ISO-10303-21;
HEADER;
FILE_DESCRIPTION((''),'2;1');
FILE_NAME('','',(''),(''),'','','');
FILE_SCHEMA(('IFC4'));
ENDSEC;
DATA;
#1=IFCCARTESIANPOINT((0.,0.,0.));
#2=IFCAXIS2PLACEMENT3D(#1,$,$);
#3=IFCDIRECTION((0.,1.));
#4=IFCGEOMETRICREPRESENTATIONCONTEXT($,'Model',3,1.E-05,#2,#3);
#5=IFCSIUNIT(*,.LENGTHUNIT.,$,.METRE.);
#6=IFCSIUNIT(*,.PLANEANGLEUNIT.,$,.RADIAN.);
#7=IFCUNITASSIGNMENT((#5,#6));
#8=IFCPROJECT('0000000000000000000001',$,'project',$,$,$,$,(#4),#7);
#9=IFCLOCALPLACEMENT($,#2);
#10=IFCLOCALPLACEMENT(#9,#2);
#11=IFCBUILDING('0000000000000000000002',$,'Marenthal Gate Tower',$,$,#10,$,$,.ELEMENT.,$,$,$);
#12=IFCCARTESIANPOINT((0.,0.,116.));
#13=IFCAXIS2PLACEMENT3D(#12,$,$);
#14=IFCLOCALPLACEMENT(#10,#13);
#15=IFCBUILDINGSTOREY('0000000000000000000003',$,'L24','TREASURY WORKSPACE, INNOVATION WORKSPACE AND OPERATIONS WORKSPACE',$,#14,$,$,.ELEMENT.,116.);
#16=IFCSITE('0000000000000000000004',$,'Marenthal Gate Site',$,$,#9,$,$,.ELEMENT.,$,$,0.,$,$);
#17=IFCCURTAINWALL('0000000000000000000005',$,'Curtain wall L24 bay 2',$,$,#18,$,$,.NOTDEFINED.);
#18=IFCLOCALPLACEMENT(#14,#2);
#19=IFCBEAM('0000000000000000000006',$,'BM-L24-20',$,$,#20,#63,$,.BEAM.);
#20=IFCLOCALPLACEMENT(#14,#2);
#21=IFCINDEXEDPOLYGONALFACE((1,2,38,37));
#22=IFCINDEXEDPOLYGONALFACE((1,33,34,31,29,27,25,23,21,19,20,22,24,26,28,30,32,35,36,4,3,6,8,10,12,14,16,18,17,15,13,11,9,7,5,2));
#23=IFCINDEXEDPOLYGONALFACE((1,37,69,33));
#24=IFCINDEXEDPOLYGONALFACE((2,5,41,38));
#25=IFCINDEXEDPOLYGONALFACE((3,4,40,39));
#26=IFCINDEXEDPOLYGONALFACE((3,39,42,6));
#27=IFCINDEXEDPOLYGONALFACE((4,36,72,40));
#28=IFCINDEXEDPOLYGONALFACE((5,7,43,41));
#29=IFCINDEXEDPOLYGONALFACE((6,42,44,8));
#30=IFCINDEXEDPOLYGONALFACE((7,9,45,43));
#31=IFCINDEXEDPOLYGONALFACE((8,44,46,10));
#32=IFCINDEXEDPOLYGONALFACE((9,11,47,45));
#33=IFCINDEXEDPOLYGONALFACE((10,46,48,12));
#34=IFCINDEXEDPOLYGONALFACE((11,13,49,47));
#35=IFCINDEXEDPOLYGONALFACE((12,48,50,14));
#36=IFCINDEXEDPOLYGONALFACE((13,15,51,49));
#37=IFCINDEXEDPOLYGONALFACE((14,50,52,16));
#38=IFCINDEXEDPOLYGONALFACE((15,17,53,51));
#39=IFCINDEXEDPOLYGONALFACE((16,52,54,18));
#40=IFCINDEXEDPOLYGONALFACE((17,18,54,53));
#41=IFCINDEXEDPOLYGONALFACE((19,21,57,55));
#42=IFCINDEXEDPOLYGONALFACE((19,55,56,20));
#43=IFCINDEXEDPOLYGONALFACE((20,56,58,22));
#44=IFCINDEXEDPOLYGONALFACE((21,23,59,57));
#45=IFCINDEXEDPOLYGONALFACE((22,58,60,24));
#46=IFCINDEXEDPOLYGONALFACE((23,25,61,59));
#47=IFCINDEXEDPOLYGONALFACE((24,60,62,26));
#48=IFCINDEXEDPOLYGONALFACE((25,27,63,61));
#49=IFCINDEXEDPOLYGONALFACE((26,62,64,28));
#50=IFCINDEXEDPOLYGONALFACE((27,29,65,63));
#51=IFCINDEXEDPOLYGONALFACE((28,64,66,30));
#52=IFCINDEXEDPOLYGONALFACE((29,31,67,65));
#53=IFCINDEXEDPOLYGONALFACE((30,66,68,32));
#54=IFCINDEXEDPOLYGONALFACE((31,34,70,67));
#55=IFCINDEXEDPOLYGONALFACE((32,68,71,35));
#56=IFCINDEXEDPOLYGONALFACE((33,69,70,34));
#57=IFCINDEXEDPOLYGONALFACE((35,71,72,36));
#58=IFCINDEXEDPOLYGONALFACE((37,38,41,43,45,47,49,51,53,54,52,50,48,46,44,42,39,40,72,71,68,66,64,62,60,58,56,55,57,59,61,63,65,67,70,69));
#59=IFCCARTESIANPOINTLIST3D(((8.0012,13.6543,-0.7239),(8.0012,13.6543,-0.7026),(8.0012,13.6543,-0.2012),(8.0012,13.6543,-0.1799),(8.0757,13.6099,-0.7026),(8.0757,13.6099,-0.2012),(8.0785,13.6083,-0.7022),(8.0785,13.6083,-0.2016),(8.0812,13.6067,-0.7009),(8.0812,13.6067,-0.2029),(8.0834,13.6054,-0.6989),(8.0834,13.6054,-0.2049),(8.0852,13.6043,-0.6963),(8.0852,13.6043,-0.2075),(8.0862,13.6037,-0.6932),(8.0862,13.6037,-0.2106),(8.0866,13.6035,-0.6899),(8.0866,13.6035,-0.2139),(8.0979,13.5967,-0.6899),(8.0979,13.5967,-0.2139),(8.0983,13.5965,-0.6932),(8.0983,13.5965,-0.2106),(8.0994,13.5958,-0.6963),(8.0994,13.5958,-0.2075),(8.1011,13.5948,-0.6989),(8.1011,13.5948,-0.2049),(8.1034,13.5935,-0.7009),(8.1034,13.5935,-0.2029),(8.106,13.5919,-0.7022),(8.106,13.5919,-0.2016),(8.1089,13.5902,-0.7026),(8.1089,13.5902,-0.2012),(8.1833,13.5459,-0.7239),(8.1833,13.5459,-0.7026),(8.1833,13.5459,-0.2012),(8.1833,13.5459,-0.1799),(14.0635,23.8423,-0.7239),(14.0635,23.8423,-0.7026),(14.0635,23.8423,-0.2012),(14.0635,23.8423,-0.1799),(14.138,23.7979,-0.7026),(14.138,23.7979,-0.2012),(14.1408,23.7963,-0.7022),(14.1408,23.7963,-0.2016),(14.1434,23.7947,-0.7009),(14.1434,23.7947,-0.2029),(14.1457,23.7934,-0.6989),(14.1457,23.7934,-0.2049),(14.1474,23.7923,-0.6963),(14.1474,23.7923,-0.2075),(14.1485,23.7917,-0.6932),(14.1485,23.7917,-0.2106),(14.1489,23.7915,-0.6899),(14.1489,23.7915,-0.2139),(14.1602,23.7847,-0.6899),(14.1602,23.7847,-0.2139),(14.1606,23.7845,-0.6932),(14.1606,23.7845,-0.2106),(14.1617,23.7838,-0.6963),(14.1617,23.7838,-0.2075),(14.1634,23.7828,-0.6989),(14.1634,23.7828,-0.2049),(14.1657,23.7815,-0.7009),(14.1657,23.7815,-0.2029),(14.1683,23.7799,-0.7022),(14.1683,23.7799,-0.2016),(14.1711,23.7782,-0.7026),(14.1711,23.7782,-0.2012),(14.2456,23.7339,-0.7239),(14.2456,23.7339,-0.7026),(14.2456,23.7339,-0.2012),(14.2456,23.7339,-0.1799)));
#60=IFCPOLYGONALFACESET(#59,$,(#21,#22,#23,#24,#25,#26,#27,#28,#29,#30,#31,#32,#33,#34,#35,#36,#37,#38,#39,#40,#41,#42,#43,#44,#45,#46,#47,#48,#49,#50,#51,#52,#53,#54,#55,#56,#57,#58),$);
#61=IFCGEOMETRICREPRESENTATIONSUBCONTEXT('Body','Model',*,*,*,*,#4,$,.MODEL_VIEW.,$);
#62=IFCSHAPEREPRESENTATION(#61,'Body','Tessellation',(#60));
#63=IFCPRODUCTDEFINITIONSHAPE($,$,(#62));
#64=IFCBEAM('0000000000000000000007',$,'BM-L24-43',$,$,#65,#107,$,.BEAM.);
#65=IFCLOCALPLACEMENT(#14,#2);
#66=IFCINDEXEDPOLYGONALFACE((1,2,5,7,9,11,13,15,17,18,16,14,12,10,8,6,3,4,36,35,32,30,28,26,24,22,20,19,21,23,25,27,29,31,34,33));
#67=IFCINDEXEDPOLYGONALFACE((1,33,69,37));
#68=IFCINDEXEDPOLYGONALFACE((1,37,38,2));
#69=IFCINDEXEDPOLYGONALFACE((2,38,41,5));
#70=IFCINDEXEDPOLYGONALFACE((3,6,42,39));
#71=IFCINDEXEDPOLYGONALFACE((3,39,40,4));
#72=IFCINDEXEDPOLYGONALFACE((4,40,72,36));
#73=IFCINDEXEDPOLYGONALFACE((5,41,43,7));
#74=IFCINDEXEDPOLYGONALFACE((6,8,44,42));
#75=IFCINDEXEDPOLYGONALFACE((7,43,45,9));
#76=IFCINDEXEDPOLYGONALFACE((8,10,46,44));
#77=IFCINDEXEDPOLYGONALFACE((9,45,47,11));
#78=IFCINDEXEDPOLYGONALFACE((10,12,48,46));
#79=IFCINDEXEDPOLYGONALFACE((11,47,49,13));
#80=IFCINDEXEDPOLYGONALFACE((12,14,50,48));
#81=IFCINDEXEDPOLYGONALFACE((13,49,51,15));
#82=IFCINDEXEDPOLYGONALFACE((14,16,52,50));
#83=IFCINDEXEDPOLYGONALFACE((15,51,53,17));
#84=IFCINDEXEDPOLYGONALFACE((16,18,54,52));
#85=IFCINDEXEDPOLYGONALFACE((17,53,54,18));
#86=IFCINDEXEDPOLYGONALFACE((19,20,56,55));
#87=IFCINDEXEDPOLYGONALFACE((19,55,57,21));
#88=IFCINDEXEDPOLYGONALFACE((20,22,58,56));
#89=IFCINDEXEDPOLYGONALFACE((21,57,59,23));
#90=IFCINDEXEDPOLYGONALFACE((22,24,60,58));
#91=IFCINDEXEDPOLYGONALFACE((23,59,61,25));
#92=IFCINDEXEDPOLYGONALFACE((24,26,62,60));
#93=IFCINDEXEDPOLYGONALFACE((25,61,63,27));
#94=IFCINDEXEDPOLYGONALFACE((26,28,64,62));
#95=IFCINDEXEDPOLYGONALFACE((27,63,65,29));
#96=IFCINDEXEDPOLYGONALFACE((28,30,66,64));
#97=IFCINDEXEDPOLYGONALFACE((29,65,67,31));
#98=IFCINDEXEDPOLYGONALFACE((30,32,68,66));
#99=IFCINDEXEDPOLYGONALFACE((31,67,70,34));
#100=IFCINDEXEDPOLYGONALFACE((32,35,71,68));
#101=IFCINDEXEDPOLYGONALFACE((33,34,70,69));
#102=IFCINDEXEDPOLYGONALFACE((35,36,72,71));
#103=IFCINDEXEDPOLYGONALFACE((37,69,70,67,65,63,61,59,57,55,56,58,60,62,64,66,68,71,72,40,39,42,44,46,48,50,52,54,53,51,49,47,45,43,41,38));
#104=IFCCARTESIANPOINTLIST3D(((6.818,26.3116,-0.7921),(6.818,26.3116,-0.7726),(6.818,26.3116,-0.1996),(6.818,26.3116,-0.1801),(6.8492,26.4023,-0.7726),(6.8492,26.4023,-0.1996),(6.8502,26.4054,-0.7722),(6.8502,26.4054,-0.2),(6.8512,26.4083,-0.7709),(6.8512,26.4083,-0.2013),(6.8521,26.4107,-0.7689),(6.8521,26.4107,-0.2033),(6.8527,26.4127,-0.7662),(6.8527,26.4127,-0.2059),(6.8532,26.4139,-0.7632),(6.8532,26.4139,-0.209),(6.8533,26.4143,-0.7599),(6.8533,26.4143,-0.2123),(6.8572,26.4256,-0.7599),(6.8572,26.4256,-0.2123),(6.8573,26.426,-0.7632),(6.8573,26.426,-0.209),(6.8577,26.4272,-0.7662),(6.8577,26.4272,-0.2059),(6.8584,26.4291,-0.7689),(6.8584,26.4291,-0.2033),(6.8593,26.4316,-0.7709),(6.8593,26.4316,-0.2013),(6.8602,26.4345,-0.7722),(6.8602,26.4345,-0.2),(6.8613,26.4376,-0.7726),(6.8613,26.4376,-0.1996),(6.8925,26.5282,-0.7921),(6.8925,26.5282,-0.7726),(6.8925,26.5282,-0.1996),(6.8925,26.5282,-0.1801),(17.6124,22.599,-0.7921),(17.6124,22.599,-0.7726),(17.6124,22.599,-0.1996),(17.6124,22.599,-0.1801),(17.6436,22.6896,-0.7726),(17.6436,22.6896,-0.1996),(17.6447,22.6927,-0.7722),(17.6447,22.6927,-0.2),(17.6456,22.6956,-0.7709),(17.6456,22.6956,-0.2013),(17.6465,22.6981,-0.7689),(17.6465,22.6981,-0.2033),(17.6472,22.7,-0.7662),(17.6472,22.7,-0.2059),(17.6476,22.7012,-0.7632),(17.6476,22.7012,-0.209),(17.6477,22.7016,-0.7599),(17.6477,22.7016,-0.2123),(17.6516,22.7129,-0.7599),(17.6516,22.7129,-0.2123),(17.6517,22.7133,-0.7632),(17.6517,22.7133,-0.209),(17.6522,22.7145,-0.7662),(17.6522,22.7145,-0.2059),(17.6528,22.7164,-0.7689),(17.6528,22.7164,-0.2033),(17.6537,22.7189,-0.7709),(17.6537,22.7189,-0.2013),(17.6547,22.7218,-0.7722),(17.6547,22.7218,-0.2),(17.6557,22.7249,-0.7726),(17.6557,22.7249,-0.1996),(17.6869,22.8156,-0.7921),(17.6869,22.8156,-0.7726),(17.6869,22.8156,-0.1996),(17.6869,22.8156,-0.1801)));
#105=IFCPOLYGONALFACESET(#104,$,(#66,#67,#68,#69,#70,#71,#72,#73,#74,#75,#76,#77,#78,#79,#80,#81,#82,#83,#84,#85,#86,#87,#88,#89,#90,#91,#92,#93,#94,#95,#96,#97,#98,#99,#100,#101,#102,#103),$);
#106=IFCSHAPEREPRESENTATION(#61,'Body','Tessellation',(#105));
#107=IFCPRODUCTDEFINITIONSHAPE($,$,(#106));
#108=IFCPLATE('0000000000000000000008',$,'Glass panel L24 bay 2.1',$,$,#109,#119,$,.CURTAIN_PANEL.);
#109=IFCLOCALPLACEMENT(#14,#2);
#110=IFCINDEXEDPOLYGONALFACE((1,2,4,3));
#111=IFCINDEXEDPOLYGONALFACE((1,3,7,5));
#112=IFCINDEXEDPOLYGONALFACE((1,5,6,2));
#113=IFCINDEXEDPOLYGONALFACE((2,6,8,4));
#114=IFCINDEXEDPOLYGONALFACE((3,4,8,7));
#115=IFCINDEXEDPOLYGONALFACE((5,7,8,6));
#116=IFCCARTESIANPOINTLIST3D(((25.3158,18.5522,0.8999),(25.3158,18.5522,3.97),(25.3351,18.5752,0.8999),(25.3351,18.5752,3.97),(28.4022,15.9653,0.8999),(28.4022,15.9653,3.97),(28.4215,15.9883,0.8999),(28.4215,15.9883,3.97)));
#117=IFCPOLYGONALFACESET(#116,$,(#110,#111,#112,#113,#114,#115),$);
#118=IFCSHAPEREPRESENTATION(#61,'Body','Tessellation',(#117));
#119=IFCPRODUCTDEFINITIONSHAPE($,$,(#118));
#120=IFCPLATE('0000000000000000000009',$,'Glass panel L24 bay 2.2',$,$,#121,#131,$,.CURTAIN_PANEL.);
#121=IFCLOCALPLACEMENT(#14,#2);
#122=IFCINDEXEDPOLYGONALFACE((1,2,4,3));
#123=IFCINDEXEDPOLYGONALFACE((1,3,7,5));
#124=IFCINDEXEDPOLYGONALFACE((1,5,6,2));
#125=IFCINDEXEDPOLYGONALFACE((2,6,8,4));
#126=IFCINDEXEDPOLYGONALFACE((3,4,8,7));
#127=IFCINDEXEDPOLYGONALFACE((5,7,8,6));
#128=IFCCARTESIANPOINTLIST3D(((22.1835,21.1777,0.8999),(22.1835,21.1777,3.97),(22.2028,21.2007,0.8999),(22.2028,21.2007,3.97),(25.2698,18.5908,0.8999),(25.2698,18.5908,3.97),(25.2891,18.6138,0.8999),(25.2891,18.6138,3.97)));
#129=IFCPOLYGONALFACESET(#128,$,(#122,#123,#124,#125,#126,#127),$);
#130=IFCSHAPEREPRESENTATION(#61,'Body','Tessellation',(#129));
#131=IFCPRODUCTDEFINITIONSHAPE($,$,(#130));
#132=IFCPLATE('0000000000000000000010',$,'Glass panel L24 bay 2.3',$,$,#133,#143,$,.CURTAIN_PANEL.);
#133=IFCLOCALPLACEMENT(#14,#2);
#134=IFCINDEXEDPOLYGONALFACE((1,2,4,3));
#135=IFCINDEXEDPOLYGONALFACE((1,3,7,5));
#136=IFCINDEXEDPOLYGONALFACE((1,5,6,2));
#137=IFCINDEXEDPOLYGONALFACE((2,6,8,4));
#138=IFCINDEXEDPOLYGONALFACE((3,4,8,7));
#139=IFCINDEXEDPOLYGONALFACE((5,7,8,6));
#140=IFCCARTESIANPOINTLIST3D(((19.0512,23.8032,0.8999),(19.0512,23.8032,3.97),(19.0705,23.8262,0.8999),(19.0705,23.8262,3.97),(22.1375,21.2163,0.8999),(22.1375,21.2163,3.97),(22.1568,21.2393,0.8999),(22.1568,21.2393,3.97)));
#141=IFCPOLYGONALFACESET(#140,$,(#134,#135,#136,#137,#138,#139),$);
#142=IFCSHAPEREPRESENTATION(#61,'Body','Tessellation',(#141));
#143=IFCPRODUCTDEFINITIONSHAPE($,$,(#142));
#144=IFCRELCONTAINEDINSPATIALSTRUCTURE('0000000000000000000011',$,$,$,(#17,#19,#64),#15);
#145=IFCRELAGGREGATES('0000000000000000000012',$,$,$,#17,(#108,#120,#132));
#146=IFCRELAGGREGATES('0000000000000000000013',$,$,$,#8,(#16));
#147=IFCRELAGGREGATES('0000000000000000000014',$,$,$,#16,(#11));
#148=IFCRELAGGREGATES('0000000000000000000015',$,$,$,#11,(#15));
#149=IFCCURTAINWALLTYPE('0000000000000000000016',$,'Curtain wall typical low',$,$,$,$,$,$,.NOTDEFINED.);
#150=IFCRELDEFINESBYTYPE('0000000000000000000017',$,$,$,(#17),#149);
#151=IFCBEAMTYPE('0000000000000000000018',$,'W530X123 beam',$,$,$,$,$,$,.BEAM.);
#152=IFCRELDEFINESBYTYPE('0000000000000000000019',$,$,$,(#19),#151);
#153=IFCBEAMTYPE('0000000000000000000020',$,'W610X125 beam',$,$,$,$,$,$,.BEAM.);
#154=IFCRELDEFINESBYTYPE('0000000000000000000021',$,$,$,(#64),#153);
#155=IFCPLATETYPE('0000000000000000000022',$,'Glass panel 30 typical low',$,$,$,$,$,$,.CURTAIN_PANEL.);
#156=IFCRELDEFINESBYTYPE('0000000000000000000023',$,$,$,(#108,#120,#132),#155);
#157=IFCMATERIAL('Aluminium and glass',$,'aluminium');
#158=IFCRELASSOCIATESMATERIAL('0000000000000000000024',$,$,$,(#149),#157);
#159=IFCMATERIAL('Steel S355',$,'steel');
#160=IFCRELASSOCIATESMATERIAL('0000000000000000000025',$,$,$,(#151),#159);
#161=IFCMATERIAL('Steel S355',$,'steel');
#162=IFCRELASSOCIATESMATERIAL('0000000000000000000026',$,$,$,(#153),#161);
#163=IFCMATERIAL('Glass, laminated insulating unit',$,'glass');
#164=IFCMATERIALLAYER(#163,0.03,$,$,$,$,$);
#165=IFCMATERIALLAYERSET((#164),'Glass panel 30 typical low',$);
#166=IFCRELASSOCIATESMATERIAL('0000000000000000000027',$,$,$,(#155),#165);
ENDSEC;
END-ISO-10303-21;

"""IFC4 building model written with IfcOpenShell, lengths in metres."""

from ifc_helpers import new_model, si_unit, direction, frame, origin, origin_2d, place, context, subcontext, project, spatial, rectangle, i_section, extrude, material, layer, layer_set, material_profile, profile_set, type_object, element, aggregate, save


model = new_model("IFC4")

# Units and contexts
model_context = context("Model", 3, precision=1e-05, world=origin(), true_north=direction((0.0, 1.0)))
body_context = subcontext(model_context, "Body", "Model", "MODEL_VIEW")
ifc_project = project(units=[si_unit("LENGTHUNIT", "METRE"), si_unit("PLANEANGLEUNIT", "RADIAN")], contexts=[model_context])

# Site, building, storey
site_placement = place(None, origin())
site = spatial("IfcSite", under=ifc_project, at=site_placement, Name="Marenthal Gate Site", CompositionType="ELEMENT", RefElevation=0.0)
building_placement = place(site_placement, origin())
building = spatial("IfcBuilding", under=site, at=building_placement, Name="Marenthal Gate Tower", CompositionType="ELEMENT")
storey_placement = place(building_placement, frame((0.0, 0.0, 116.0)))
storey = spatial("IfcBuildingStorey", under=building, at=storey_placement, Name="L24", Description="TREASURY WORKSPACE, INNOVATION WORKSPACE AND OPERATIONS WORKSPACE", CompositionType="ELEMENT", Elevation=116.0)

# Curtain wall
ifc_material_1 = material(Name="Aluminium and glass", Category="aluminium")
curtain_wall_type = type_object("IfcCurtainWallType", Name="Curtain wall typical low", PredefinedType="NOTDEFINED", material=ifc_material_1)
curtain_wall_placement = place(storey_placement, origin())
curtain_wall = element("IfcCurtainWall", 1, at=curtain_wall_placement, inside=storey, type_object=curtain_wall_type, Name="Curtain wall L24 bay 2", PredefinedType="NOTDEFINED")

# Beams
ifc_material_2 = material(Name="Steel S355", Category="steel")
ifc_material_profile_1 = material_profile(ifc_material_2, i_section(OverallWidth=0.2119, OverallDepth=0.5439, WebThickness=0.0132, FlangeThickness=0.0212, FilletRadius=0.0127, at=origin_2d()), Name="W530X123")
ifc_profile_set_1 = profile_set([ifc_material_profile_1], Name="Steel S355")
beam_type_1 = type_object("IfcBeamType", Name="W530X123 beam", PredefinedType="BEAM", material=ifc_profile_set_1)
beam_1_placement = place(storey_placement, frame((14.1545, 23.7881, -0.4519), z_axis=(-0.511358, -0.859368, 0.0), x_axis=(0.859368, -0.511358, 0.0)))
element("IfcBeam", 2, at=beam_1_placement, inside=storey, type_object=beam_type_1, Name="BM-L24-20", PredefinedType="BEAM", context=body_context, shape_type="SweptSolid", body=[
    extrude(i_section(OverallWidth=0.2119, OverallDepth=0.5439, WebThickness=0.0132, FlangeThickness=0.0212, FilletRadius=0.0127, at=origin_2d()), origin(), (0.0, 0.0, 1.0), 11.8552),
])
ifc_material_3 = material(Name="Steel S355", Category="steel")
ifc_material_profile_2 = material_profile(ifc_material_3, i_section(OverallWidth=0.229, OverallDepth=0.6121, WebThickness=0.012, FlangeThickness=0.0195, FilletRadius=0.0127, at=origin_2d()), Name="W610X125")
ifc_profile_set_2 = profile_set([ifc_material_profile_2], Name="Steel S355")
beam_type_2 = type_object("IfcBeamType", Name="W610X125 beam", PredefinedType="BEAM", material=ifc_profile_set_2)
beam_2_placement = place(storey_placement, frame((17.6497, 22.7073, -0.4861), z_axis=(-0.945631, 0.325241, 0.0), x_axis=(-0.325241, -0.945631, 0.0)))
element("IfcBeam", 3, at=beam_2_placement, inside=storey, type_object=beam_type_2, Name="BM-L24-43", PredefinedType="BEAM", context=body_context, shape_type="SweptSolid", body=[
    extrude(i_section(OverallWidth=0.229, OverallDepth=0.6121, WebThickness=0.012, FlangeThickness=0.0195, FilletRadius=0.0127, at=origin_2d()), origin(), (0.0, 0.0, 1.0), 11.415),
])

# Plates
ifc_material_4 = material(Name="Glass, laminated insulating unit", Category="glass")
ifc_layer_1 = layer(ifc_material_4, 0.03)
ifc_layer_set_1 = layer_set([ifc_layer_1], Name="Glass panel 30 typical low")
plate_type = type_object("IfcPlateType", Name="Glass panel 30 typical low", PredefinedType="CURTAIN_PANEL", material=ifc_layer_set_1)
plate_1_placement = place(storey_placement, frame((26.8687, 17.2703, 0.8999), z_axis=(0.0, 0.0, 1.0), x_axis=(-0.766389, 0.642377, 0.0)))
plate_1 = element("IfcPlate", 4, at=plate_1_placement, type_object=plate_type, Name="Glass panel L24 bay 2.1", PredefinedType="CURTAIN_PANEL", context=body_context, shape_type="SweptSolid", body=[
    extrude(rectangle(XDim=4.0271, YDim=0.03, at=origin_2d()), origin(), (0.0, 0.0, 1.0), 3.0701),
])
plate_2_placement = place(storey_placement, frame((23.7363, 19.8958, 0.8999), z_axis=(0.0, 0.0, 1.0), x_axis=(-0.766389, 0.642377, 0.0)))
plate_2 = element("IfcPlate", 5, at=plate_2_placement, type_object=plate_type, Name="Glass panel L24 bay 2.2", PredefinedType="CURTAIN_PANEL", context=body_context, shape_type="SweptSolid", body=[
    extrude(rectangle(XDim=4.0271, YDim=0.03, at=origin_2d()), origin(), (0.0, 0.0, 1.0), 3.0701),
])
plate_3_placement = place(storey_placement, frame((20.604, 22.5212, 0.8999), z_axis=(0.0, 0.0, 1.0), x_axis=(-0.766389, 0.642377, 0.0)))
plate_3 = element("IfcPlate", 6, at=plate_3_placement, type_object=plate_type, Name="Glass panel L24 bay 2.3", PredefinedType="CURTAIN_PANEL", context=body_context, shape_type="SweptSolid", body=[
    extrude(rectangle(XDim=4.0271, YDim=0.03, at=origin_2d()), origin(), (0.0, 0.0, 1.0), 3.0701),
])
aggregate(curtain_wall, [plate_1, plate_2, plate_3])

save(model, "model.ifc")
